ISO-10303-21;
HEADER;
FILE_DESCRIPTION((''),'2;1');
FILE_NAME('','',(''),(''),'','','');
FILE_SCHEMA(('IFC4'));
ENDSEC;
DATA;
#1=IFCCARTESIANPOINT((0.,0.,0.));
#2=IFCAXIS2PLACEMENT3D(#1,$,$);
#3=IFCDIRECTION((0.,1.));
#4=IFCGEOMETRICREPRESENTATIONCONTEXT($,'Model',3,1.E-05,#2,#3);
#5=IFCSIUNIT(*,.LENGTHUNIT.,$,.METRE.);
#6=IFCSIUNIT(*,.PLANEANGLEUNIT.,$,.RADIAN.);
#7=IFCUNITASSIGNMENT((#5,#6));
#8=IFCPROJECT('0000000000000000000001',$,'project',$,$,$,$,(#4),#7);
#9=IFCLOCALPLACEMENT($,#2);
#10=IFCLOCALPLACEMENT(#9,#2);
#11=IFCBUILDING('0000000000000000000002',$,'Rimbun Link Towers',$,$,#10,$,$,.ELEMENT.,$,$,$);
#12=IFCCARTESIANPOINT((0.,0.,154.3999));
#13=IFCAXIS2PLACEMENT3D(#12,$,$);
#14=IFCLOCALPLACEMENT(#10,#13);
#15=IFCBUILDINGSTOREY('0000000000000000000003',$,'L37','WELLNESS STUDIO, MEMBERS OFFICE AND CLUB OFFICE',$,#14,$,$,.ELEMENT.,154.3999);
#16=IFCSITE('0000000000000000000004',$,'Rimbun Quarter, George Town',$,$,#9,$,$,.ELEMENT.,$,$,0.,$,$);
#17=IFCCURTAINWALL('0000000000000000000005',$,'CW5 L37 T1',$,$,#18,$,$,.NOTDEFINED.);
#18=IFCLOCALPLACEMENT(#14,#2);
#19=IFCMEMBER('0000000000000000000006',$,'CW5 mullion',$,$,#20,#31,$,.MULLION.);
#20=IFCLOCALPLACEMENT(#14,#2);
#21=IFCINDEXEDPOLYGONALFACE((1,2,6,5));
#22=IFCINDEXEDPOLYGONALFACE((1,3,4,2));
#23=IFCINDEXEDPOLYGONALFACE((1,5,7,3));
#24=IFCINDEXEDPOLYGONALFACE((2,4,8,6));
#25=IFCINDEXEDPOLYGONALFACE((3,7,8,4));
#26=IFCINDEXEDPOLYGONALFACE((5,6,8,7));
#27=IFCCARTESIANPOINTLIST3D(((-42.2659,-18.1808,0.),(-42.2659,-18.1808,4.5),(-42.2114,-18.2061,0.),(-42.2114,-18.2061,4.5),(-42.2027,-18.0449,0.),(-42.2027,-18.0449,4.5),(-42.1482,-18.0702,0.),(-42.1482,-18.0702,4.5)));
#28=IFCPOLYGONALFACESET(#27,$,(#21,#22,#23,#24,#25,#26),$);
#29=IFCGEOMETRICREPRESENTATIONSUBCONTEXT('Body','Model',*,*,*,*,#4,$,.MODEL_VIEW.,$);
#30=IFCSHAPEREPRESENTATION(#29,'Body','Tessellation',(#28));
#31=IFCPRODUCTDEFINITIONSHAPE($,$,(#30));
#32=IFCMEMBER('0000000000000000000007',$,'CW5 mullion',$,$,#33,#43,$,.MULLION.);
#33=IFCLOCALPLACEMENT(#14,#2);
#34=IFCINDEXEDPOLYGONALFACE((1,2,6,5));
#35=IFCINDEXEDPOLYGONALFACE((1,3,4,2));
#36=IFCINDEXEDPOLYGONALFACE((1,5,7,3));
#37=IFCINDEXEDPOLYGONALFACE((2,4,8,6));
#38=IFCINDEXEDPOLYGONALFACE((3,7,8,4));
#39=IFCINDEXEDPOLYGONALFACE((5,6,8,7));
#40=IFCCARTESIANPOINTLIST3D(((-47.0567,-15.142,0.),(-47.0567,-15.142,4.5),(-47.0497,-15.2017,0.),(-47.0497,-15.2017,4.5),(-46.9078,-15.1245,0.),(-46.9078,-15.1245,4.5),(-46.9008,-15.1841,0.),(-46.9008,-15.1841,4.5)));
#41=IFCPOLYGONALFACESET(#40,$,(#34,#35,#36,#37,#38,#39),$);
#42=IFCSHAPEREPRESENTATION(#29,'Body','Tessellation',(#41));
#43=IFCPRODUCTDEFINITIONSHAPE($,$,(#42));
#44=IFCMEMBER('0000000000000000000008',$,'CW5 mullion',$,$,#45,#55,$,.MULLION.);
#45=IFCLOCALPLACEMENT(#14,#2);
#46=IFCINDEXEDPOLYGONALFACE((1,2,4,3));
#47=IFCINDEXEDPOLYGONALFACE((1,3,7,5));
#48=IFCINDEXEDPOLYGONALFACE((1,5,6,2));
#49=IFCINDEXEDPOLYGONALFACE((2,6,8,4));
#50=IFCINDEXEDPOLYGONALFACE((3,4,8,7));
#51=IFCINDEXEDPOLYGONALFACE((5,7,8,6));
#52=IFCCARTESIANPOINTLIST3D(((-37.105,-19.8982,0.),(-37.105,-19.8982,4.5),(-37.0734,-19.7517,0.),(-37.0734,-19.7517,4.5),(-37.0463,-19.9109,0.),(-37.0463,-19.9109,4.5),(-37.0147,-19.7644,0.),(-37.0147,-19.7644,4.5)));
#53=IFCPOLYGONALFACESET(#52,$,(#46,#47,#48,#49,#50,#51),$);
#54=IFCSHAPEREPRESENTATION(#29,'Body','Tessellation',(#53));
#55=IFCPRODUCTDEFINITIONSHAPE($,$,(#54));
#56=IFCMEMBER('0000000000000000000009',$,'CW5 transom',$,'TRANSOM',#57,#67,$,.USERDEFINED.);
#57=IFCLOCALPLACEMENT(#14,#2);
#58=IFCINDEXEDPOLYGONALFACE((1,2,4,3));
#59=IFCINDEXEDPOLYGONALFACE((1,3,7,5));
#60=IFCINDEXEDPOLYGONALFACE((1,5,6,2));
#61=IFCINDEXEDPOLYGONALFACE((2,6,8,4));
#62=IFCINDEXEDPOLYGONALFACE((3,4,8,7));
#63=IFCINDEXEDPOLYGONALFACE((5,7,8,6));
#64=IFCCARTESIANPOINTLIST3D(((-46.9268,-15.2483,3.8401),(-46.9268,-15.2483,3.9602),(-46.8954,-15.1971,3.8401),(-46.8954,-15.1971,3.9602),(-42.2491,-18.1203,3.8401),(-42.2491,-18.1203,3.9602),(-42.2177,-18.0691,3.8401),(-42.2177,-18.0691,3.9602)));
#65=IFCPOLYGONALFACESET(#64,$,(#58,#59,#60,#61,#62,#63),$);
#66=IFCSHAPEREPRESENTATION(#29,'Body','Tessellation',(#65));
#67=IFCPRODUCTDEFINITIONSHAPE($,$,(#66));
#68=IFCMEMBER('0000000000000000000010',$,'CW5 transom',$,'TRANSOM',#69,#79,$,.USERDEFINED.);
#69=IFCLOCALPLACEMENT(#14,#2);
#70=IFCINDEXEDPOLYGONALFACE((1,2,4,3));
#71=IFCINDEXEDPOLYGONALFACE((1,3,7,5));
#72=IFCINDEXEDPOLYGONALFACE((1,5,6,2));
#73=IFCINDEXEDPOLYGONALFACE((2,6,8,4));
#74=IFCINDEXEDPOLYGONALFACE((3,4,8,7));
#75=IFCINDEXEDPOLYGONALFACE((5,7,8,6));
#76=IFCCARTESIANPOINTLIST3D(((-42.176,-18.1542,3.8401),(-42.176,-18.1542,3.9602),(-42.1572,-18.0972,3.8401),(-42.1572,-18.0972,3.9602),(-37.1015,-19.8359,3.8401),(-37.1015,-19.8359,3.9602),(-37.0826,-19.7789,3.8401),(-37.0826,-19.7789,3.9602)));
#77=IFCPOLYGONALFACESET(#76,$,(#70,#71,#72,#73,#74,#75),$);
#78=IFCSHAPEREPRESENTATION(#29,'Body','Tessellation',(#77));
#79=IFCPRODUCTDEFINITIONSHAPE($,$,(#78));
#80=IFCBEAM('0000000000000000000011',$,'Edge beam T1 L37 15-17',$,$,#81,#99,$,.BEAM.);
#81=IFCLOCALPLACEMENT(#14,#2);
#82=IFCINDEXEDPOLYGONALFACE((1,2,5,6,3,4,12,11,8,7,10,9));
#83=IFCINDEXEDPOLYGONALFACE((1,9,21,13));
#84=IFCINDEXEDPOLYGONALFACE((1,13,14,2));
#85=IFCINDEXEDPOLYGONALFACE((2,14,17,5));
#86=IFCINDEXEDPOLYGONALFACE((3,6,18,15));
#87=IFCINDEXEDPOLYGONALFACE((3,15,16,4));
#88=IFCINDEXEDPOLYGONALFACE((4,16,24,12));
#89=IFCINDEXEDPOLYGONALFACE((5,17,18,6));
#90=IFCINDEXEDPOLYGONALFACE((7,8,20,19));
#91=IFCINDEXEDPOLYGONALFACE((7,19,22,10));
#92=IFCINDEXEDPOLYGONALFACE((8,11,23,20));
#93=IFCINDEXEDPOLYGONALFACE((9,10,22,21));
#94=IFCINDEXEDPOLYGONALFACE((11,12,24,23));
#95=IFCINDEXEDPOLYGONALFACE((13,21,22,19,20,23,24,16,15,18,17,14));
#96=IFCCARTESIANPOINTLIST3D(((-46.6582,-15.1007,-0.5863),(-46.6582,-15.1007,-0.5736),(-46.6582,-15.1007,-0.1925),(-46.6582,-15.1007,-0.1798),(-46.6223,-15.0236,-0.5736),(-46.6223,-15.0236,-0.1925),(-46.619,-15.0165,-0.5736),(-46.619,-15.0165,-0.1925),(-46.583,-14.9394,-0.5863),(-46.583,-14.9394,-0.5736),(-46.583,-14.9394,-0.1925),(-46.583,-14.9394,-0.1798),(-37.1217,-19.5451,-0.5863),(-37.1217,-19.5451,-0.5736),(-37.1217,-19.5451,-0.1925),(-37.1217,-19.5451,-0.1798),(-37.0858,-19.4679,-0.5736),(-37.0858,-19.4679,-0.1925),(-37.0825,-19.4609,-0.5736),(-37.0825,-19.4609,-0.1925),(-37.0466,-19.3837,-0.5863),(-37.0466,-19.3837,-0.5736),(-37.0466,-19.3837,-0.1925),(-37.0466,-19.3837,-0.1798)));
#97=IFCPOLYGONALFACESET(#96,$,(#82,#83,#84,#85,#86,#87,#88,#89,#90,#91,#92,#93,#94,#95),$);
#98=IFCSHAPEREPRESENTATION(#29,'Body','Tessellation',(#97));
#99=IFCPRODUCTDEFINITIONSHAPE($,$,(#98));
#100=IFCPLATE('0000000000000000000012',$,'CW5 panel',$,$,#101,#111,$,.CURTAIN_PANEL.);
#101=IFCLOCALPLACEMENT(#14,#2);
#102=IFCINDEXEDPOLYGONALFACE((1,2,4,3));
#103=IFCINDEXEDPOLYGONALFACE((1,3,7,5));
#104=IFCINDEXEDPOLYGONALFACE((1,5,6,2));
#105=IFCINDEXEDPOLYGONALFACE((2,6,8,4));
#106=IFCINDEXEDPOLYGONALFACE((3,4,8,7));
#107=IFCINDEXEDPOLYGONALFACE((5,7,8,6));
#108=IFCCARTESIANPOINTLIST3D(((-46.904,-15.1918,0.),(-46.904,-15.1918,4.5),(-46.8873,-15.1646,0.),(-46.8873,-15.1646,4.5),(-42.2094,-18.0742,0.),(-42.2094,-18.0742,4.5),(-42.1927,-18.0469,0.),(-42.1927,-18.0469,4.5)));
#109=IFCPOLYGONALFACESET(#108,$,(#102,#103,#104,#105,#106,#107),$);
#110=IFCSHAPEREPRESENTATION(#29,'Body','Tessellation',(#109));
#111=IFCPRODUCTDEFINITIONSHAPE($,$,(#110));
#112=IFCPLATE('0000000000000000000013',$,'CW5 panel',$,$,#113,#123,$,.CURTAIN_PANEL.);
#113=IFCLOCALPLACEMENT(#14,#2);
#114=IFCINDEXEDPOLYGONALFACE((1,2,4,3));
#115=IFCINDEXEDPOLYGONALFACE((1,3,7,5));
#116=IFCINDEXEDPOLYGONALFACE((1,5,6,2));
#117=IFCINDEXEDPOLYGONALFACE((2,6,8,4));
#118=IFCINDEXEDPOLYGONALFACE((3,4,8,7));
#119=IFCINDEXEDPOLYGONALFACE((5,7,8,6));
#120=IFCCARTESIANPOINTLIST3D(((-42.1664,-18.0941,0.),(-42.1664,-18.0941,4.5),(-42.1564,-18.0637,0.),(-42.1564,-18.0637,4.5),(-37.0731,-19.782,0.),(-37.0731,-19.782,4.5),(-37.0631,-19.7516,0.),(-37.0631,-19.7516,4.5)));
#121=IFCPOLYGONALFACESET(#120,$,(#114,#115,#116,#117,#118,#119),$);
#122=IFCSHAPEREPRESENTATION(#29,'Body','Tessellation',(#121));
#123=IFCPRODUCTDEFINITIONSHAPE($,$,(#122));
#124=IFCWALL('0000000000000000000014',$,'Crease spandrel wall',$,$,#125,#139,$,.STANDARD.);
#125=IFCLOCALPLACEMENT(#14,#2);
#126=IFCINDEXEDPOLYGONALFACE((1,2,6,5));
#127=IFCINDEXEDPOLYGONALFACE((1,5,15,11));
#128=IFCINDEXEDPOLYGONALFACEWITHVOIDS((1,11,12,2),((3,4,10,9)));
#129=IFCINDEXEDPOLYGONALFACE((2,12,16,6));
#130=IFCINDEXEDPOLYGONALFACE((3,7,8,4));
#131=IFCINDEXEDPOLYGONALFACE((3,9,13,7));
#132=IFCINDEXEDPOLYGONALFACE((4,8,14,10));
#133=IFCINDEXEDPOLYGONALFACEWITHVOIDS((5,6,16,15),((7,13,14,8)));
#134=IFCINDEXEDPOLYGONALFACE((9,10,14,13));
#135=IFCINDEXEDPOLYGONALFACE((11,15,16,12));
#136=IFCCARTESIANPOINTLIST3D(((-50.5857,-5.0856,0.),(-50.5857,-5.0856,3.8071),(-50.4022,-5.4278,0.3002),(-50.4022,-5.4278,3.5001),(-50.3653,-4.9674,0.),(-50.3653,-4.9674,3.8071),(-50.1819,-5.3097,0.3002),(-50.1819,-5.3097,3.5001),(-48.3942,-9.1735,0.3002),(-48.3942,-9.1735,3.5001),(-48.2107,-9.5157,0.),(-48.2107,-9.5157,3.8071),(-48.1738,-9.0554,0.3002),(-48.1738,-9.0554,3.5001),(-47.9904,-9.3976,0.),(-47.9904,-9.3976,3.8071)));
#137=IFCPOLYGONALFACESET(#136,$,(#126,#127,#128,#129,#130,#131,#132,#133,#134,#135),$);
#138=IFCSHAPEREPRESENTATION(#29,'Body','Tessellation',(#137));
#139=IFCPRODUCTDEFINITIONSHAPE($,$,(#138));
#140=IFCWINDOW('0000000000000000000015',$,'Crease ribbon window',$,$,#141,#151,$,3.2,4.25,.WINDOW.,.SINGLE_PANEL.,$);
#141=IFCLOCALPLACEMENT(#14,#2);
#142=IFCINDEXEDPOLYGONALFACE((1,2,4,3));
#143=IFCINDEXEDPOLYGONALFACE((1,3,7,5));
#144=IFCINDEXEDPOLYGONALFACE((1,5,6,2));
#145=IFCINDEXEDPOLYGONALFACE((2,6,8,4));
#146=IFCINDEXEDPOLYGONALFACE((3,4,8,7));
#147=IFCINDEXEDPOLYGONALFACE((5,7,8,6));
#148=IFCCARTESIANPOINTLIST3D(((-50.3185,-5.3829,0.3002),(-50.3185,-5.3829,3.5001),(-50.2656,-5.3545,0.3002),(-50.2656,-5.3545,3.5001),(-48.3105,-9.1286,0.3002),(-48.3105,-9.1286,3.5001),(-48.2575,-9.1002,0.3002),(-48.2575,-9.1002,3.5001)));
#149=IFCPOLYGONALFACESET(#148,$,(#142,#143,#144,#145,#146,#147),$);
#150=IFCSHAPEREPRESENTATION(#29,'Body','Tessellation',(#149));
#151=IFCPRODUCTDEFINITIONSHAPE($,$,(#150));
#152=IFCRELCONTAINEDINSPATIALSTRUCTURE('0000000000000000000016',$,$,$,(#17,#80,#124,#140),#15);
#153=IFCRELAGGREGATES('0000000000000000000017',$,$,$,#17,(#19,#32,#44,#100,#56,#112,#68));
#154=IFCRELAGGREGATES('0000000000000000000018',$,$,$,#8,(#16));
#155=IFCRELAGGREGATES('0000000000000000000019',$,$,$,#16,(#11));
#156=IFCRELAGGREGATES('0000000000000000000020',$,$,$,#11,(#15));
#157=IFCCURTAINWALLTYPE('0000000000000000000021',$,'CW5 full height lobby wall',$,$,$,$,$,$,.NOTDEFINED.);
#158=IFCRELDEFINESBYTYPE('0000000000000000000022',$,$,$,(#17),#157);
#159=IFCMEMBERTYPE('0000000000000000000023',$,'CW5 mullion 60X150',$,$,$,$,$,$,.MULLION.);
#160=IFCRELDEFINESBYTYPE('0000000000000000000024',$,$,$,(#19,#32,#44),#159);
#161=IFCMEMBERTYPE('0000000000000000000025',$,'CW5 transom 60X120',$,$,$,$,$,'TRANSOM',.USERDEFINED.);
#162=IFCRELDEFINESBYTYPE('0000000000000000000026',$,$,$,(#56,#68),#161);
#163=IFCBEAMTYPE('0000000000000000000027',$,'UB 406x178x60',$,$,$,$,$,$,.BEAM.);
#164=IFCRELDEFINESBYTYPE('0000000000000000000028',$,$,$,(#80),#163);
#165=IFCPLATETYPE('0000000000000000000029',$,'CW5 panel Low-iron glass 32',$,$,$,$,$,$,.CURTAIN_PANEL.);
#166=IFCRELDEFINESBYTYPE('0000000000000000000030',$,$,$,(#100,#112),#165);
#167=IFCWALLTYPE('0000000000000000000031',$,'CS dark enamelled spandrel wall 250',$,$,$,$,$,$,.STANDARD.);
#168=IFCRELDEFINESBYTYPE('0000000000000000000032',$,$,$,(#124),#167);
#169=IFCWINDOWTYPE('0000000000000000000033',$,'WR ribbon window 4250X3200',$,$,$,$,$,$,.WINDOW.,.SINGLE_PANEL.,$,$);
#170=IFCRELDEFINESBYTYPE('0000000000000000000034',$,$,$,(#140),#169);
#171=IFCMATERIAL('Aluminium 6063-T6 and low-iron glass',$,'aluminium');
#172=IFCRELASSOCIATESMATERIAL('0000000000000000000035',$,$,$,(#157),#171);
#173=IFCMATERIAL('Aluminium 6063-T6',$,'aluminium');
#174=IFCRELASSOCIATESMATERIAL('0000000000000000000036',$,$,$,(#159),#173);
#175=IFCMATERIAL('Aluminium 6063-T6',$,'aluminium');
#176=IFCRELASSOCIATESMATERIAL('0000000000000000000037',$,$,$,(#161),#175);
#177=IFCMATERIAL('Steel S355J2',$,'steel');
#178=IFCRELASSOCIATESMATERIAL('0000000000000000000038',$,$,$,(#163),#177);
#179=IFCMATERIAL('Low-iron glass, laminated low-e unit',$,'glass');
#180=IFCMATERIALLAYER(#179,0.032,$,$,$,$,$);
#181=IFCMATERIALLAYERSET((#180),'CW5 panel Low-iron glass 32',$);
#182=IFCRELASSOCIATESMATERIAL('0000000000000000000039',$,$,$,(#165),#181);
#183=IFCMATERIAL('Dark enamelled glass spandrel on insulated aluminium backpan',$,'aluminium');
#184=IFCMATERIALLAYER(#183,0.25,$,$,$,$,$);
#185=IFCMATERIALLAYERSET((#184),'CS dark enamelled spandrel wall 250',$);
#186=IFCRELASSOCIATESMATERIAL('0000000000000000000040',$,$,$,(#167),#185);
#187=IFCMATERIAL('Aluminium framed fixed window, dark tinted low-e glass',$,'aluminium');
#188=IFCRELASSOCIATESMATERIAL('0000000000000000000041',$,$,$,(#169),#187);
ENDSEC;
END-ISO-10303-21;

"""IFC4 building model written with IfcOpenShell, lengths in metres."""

from ifc_helpers import new_model, si_unit, direction, frame, frame_2d, origin, origin_2d, place, context, subcontext, project, spatial, rectangle, i_section, extrude, material, layer, layer_set, material_profile, profile_set, type_object, element, fill, aggregate, save


model = new_model("IFC4")

# Units and contexts
model_context = context("Model", 3, precision=1e-05, world=origin(), true_north=direction((0.0, 1.0)))
body_context = subcontext(model_context, "Body", "Model", "MODEL_VIEW")
ifc_project = project(units=[si_unit("LENGTHUNIT", "METRE"), si_unit("PLANEANGLEUNIT", "RADIAN")], contexts=[model_context])

# Site, building, storey
site_placement = place(None, origin())
site = spatial("IfcSite", under=ifc_project, at=site_placement, Name="Rimbun Quarter, George Town", CompositionType="ELEMENT", RefElevation=0.0)
building_placement = place(site_placement, origin())
building = spatial("IfcBuilding", under=site, at=building_placement, Name="Rimbun Link Towers", CompositionType="ELEMENT")
storey_placement = place(building_placement, frame((0.0, 0.0, 154.3999)))
storey = spatial("IfcBuildingStorey", under=building, at=storey_placement, Name="L37", Description="WELLNESS STUDIO, MEMBERS OFFICE AND CLUB OFFICE", CompositionType="ELEMENT", Elevation=154.3999)

# Curtain wall, members
ifc_material_1 = material(Name="Aluminium 6063-T6 and low-iron glass", Category="aluminium")
curtain_wall_type = type_object("IfcCurtainWallType", Name="CW5 full height lobby wall", PredefinedType="NOTDEFINED", material=ifc_material_1)
curtain_wall_placement = place(storey_placement, origin())
curtain_wall = element("IfcCurtainWall", 1, at=curtain_wall_placement, inside=storey, type_object=curtain_wall_type, Name="CW5 L37 T1", PredefinedType="NOTDEFINED")
ifc_material_2 = material(Name="Aluminium 6063-T6", Category="aluminium")
ifc_material_profile_1 = material_profile(ifc_material_2, rectangle(XDim=0.1499, YDim=0.0601, at=origin_2d()), Name="MULLION 60X150")
ifc_profile_set_1 = profile_set([ifc_material_profile_1], Name="Aluminium 6063-T6")
member_type_1 = type_object("IfcMemberType", Name="CW5 mullion 60X150", PredefinedType="MULLION", material=ifc_profile_set_1)
member_1_placement = place(storey_placement, frame((-42.207, -18.1255, 0.0), z_axis=(0.0, 0.0, 1.0), x_axis=(-0.421697, -0.906737, 0.0)))
member_1 = element("IfcMember", 2, at=member_1_placement, type_object=member_type_1, Name="CW5 mullion", PredefinedType="MULLION", context=body_context, shape_type="SweptSolid", body=[
    extrude(rectangle(XDim=0.1499, YDim=0.0601, at=origin_2d()), origin(), (0.0, 0.0, 1.0), 4.5),
])
member_2_placement = place(storey_placement, frame((-46.9788, -15.1631, 0.0), z_axis=(0.0, 0.0, 1.0), x_axis=(-0.993118, -0.117114, 0.0)))
member_2 = element("IfcMember", 3, at=member_2_placement, type_object=member_type_1, Name="CW5 mullion", PredefinedType="MULLION", context=body_context, shape_type="SweptSolid", body=[
    extrude(rectangle(XDim=0.1499, YDim=0.0601, at=origin_2d()), origin(), (0.0, 0.0, 1.0), 4.5),
])
member_3_placement = place(storey_placement, frame((-37.0598, -19.8313, 0.0), z_axis=(0.0, 0.0, 1.0), x_axis=(-0.210875, -0.977513, 0.0)))
member_3 = element("IfcMember", 4, at=member_3_placement, type_object=member_type_1, Name="CW5 mullion", PredefinedType="MULLION", context=body_context, shape_type="SweptSolid", body=[
    extrude(rectangle(XDim=0.1499, YDim=0.0601, at=origin_2d()), origin(), (0.0, 0.0, 1.0), 4.5),
])
ifc_material_3 = material(Name="Aluminium 6063-T6", Category="aluminium")
ifc_material_profile_2 = material_profile(ifc_material_3, rectangle(XDim=0.0601, YDim=0.1201, at=origin_2d()), Name="TRANSOM 60X120")
ifc_profile_set_2 = profile_set([ifc_material_profile_2], Name="Aluminium 6063-T6")
member_type_2 = type_object("IfcMemberType", Name="CW5 transom 60X120", ElementType="TRANSOM", PredefinedType="USERDEFINED", material=ifc_profile_set_2)
member_4_placement = place(storey_placement, frame((-42.2334, -18.0947, 3.9001), z_axis=(-0.852189, 0.523234, 0.0), x_axis=(-0.523234, -0.852189, 0.0)))
member_4 = element("IfcMember", 5, at=member_4_placement, type_object=member_type_2, Name="CW5 transom", ObjectType="TRANSOM", PredefinedType="USERDEFINED", context=body_context, shape_type="SweptSolid", body=[
    extrude(rectangle(XDim=0.0601, YDim=0.1201, at=origin_2d()), origin(), (0.0, 0.0, 1.0), 5.489),
])
member_5_placement = place(storey_placement, frame((-37.092, -19.8074, 3.9001), z_axis=(-0.949234, 0.314569, 0.0), x_axis=(-0.314569, -0.949234, 0.0)))
member_5 = element("IfcMember", 6, at=member_5_placement, type_object=member_type_2, Name="CW5 transom", ObjectType="TRANSOM", PredefinedType="USERDEFINED", context=body_context, shape_type="SweptSolid", body=[
    extrude(rectangle(XDim=0.0601, YDim=0.1201, at=origin_2d()), origin(), (0.0, 0.0, 1.0), 5.3459),
])

# Beam
ifc_material_4 = material(Name="Steel S355J2", Category="steel")
ifc_material_profile_3 = material_profile(ifc_material_4, i_section(OverallWidth=0.178, OverallDepth=0.4065, WebThickness=0.0078, FlangeThickness=0.0127, at=origin_2d()), Name="UB 406x178x60")
ifc_profile_set_3 = profile_set([ifc_material_profile_3], Name="Steel S355J2")
beam_type = type_object("IfcBeamType", Name="UB 406x178x60", PredefinedType="BEAM", material=ifc_profile_set_3)
beam_placement = place(storey_placement, frame((-46.6206, -15.02, -0.3831), z_axis=(0.906401, -0.422419, 0.0), x_axis=(0.422419, 0.906401, 0.0)))
element("IfcBeam", 7, at=beam_placement, inside=storey, type_object=beam_type, Name="Edge beam T1 L37 15-17", PredefinedType="BEAM", context=body_context, shape_type="SweptSolid", body=[
    extrude(i_section(OverallWidth=0.178, OverallDepth=0.4065, WebThickness=0.0078, FlangeThickness=0.0127, at=origin_2d()), origin(), (0.0, 0.0, 1.0), 10.5212),
])

# Plates
ifc_material_5 = material(Name="Low-iron glass, laminated low-e unit", Category="glass")
ifc_layer_1 = layer(ifc_material_5, 0.032)
ifc_layer_set_1 = layer_set([ifc_layer_1], Name="CW5 panel Low-iron glass 32")
plate_type = type_object("IfcPlateType", Name="CW5 panel Low-iron glass 32", PredefinedType="CURTAIN_PANEL", material=ifc_layer_set_1)
plate_1_placement = place(storey_placement, frame((-44.5483, -16.6194, 0.0), z_axis=(0.0, 0.0, 1.0), x_axis=(-0.852194, 0.523225, 0.0)))
plate_1 = element("IfcPlate", 8, at=plate_1_placement, type_object=plate_type, Name="CW5 panel", PredefinedType="CURTAIN_PANEL", context=body_context, shape_type="SweptSolid", body=[
    extrude(rectangle(XDim=5.5088, YDim=0.032, at=origin_2d()), origin(), (0.0, 0.0, 1.0), 4.5),
])
plate_2_placement = place(storey_placement, frame((-39.6147, -18.9229, 0.0), z_axis=(0.0, 0.0, 1.0), x_axis=(-0.949235, 0.314568, 0.0)))
plate_2 = element("IfcPlate", 9, at=plate_2_placement, type_object=plate_type, Name="CW5 panel", PredefinedType="CURTAIN_PANEL", context=body_context, shape_type="SweptSolid", body=[
    extrude(rectangle(XDim=5.3657, YDim=0.032, at=origin_2d()), origin(), (0.0, 0.0, 1.0), 4.5),
])
aggregate(curtain_wall, [member_1, member_2, member_3, plate_1, member_4, plate_2, member_5])

# Wall, opening, window
ifc_material_6 = material(Name="Dark enamelled glass spandrel on insulated aluminium backpan", Category="aluminium")
ifc_layer_2 = layer(ifc_material_6, 0.25)
ifc_layer_set_2 = layer_set([ifc_layer_2], Name="CS dark enamelled spandrel wall 250")
wall_type_1 = type_object("IfcWallType", Name="CS dark enamelled spandrel wall 250", PredefinedType="STANDARD", material=ifc_layer_set_2)
wall_1_placement = place(storey_placement, frame((-48.1006, -9.4565, 0.0), z_axis=(0.0, 0.0, 1.0), x_axis=(-0.472483, 0.88134, 0.0)))
wall_1 = element("IfcWall", 10, at=wall_1_placement, inside=storey, type_object=wall_type_1, Name="Crease spandrel wall", PredefinedType="STANDARD", context=body_context, shape_type="SweptSolid", body=[
    extrude(rectangle(XDim=5.0266, YDim=0.25, at=frame_2d((2.5132, 0.0))), origin(), (0.0, 0.0, 1.0), 3.8071),
])
opening_1_placement = place(wall_1_placement, frame((0.3882, 0.0, 0.3)))
opening_1 = element("IfcOpeningElement", 11, at=opening_1_placement, cuts=wall_1, PredefinedType="OPENING", context=body_context, shape_type="SweptSolid", body=[
    extrude(rectangle(XDim=4.25, YDim=3.2, at=frame_2d((2.125, 1.6001))), frame((0.0, 0.135, 0.0), z_axis=(0.0, -1.0, 0.0), x_axis=(1.0, 0.0, 0.0)), (0.0, 0.0, 1.0), 0.27),
])
ifc_material_7 = material(Name="Aluminium framed fixed window, dark tinted low-e glass", Category="aluminium")
window_type_1 = type_object("IfcWindowType", Name="WR ribbon window 4250X3200", PartitioningType="SINGLE_PANEL", PredefinedType="WINDOW", material=ifc_material_7)
window_1_placement = place(opening_1_placement, origin())
window_1 = element("IfcWindow", 12, at=window_1_placement, inside=storey, type_object=window_type_1, Name="Crease ribbon window", OverallHeight=3.2, OverallWidth=4.25, PartitioningType="SINGLE_PANEL", PredefinedType="WINDOW", context=body_context, shape_type="SweptSolid", body=[
    extrude(rectangle(XDim=4.25, YDim=3.2, at=frame_2d((2.125, 1.6001))), frame((0.0, 0.03, 0.0), z_axis=(0.0, -1.0, 0.0), x_axis=(1.0, 0.0, 0.0)), (0.0, 0.0, 1.0), 0.0601),
])
fill(opening_1, window_1)

save(model, "model.ifc")
